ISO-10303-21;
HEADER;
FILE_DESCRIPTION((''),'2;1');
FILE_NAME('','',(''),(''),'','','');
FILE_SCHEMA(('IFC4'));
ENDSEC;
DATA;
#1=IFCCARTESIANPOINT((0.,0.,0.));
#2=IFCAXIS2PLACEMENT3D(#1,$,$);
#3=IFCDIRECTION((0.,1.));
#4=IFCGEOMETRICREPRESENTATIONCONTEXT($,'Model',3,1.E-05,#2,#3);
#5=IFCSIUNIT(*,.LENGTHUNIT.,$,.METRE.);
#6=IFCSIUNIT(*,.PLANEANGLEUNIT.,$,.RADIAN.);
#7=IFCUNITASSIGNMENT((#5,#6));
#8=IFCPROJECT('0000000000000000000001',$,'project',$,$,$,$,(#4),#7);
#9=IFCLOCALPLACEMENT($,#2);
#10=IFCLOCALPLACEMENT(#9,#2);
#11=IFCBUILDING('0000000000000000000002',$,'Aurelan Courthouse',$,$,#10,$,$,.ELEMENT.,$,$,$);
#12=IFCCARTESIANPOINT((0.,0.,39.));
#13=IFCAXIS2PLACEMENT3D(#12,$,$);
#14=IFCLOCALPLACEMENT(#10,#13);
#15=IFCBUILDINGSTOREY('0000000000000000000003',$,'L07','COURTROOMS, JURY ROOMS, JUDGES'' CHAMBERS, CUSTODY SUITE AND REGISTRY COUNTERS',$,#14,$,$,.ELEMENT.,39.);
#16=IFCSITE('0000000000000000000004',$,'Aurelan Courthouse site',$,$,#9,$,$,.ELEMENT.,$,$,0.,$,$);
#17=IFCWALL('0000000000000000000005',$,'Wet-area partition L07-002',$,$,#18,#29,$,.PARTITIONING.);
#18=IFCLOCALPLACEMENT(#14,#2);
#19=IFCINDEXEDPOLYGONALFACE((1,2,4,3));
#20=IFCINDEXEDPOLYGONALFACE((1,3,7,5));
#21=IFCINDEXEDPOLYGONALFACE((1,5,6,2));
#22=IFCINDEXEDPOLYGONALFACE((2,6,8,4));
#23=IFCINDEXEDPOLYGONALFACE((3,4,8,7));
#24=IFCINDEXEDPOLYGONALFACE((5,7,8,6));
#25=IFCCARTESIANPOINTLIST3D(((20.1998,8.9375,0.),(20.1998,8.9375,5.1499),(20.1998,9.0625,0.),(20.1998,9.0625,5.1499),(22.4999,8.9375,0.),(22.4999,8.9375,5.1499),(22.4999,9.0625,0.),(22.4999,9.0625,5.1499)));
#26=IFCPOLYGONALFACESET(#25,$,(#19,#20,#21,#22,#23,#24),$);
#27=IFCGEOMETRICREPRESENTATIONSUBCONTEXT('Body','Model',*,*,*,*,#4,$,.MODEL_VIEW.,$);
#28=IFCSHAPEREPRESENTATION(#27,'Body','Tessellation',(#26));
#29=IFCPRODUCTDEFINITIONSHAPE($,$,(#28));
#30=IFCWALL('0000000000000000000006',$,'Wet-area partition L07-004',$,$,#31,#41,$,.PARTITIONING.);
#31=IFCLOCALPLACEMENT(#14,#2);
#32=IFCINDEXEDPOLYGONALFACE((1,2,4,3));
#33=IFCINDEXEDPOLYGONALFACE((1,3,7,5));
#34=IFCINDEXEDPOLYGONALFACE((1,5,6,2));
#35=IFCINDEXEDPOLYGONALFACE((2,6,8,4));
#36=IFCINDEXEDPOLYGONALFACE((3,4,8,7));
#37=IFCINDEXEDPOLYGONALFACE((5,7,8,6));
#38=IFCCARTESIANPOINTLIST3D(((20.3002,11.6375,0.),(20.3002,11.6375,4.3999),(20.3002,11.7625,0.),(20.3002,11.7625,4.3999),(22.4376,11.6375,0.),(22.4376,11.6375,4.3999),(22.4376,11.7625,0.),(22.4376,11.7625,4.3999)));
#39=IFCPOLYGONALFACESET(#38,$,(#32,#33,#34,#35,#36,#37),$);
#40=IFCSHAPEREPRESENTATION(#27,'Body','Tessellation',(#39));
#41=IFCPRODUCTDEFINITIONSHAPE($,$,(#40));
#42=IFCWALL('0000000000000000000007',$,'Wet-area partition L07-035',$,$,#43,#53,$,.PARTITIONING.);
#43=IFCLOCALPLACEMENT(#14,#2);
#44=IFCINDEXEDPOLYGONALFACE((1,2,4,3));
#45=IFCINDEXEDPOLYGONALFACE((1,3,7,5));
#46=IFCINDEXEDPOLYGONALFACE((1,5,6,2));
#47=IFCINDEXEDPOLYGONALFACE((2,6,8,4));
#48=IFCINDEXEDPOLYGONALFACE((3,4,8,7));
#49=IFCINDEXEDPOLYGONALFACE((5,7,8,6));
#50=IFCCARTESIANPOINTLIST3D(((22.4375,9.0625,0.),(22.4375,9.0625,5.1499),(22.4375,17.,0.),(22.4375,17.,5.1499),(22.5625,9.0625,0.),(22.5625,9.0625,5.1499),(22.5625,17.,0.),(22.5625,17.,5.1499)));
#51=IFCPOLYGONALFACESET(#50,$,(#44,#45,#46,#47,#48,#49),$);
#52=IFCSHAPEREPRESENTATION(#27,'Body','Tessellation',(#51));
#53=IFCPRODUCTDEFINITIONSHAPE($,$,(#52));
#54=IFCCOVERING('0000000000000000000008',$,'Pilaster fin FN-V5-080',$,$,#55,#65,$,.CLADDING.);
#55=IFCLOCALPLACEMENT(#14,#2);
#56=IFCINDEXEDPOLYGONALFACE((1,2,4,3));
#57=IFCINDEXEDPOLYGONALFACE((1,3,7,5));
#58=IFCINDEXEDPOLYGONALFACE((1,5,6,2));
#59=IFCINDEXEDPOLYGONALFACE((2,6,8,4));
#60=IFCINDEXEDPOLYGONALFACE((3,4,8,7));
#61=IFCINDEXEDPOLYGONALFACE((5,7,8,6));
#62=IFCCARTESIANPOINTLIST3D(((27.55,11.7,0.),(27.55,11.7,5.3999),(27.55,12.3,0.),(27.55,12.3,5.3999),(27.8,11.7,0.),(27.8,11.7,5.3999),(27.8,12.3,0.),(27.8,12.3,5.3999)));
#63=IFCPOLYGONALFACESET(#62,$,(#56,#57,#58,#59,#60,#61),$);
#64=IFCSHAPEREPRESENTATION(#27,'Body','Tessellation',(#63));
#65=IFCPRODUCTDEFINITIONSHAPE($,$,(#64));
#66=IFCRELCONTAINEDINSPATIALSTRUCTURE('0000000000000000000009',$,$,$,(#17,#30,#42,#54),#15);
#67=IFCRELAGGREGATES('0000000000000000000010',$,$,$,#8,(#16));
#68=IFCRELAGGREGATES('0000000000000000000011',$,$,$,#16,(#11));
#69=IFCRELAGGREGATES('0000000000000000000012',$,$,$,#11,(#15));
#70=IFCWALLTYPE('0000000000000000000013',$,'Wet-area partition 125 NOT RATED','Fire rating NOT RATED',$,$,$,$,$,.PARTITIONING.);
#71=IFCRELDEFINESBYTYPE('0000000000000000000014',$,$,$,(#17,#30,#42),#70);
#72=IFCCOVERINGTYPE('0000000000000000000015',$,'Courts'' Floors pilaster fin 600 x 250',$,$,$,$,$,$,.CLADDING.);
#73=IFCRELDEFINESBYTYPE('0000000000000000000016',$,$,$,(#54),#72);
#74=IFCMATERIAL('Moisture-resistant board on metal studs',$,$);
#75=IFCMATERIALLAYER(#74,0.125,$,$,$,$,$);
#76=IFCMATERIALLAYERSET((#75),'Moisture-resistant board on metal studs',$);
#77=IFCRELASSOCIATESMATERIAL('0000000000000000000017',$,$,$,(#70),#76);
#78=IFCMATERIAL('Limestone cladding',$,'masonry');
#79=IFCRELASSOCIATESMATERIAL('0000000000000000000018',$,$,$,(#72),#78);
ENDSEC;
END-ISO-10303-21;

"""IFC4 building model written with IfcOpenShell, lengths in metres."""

from ifc_helpers import new_model, si_unit, direction, frame, frame_2d, origin, origin_2d, place, context, subcontext, project, spatial, rectangle, extrude, material, layer, layer_set, type_object, element, save


model = new_model("IFC4")

# Units and contexts
model_context = context("Model", 3, precision=1e-05, world=origin(), true_north=direction((0.0, 1.0)))
body_context = subcontext(model_context, "Body", "Model", "MODEL_VIEW")
ifc_project = project(units=[si_unit("LENGTHUNIT", "METRE"), si_unit("PLANEANGLEUNIT", "RADIAN")], contexts=[model_context])

# Site, building, storey
site_placement = place(None, origin())
site = spatial("IfcSite", under=ifc_project, at=site_placement, Name="Aurelan Courthouse site", CompositionType="ELEMENT", RefElevation=0.0)
building_placement = place(site_placement, origin())
building = spatial("IfcBuilding", under=site, at=building_placement, Name="Aurelan Courthouse", CompositionType="ELEMENT")
storey_placement = place(building_placement, frame((0.0, 0.0, 39.0)))
storey = spatial("IfcBuildingStorey", under=building, at=storey_placement, Name="L07", Description="COURTROOMS, JURY ROOMS, JUDGES' CHAMBERS, CUSTODY SUITE AND REGISTRY COUNTERS", CompositionType="ELEMENT", Elevation=39.0)

# Shared definitions
ifc_material_1 = material(Name="Limestone cladding", Category="masonry")

# Walls
ifc_material_2 = material(Name="Moisture-resistant board on metal studs")
ifc_layer_1 = layer(ifc_material_2, 0.125)
ifc_layer_set_1 = layer_set([ifc_layer_1], Name="Moisture-resistant board on metal studs")
wall_type_1 = type_object("IfcWallType", Name="Wet-area partition 125 NOT RATED", Description="Fire rating NOT RATED", PredefinedType="PARTITIONING", material=ifc_layer_set_1)
wall_1_placement = place(storey_placement, frame((20.2, 9.0, 0.0), z_axis=(0.0, 0.0, 1.0), x_axis=(1.0, 0.0, 0.0)))
element("IfcWall", 1, at=wall_1_placement, inside=storey, type_object=wall_type_1, Name="Wet-area partition L07-002", PredefinedType="PARTITIONING", context=body_context, shape_type="SweptSolid", body=[
    extrude(rectangle(XDim=2.3, YDim=0.125, at=frame_2d((1.1499, 0.0))), origin(), (0.0, 0.0, 1.0), 5.1499),
])
wall_2_placement = place(storey_placement, frame((20.3, 11.7, 0.0), z_axis=(0.0, 0.0, 1.0), x_axis=(1.0, 0.0, 0.0)))
element("IfcWall", 2, at=wall_2_placement, inside=storey, type_object=wall_type_1, Name="Wet-area partition L07-004", PredefinedType="PARTITIONING", context=body_context, shape_type="SweptSolid", body=[
    extrude(rectangle(XDim=2.1375, YDim=0.125, at=frame_2d((1.0688, 0.0))), origin(), (0.0, 0.0, 1.0), 4.3999),
])
wall_3_placement = place(storey_placement, frame((22.5, 9.0625, 0.0), z_axis=(0.0, 0.0, 1.0), x_axis=(0.0, 1.0, 0.0)))
element("IfcWall", 3, at=wall_3_placement, inside=storey, type_object=wall_type_1, Name="Wet-area partition L07-035", PredefinedType="PARTITIONING", context=body_context, shape_type="SweptSolid", body=[
    extrude(rectangle(XDim=7.9375, YDim=0.125, at=frame_2d((3.9688, 0.0))), origin(), (0.0, 0.0, 1.0), 5.1499),
])

# Covering
covering_type = type_object("IfcCoveringType", Name="Courts' Floors pilaster fin 600 x 250", PredefinedType="CLADDING", material=ifc_material_1)
covering_placement = place(storey_placement, frame((27.675, 12.0, 0.0), z_axis=(0.0, 0.0, 1.0), x_axis=(1.0, 0.0, 0.0)))
element("IfcCovering", 4, at=covering_placement, inside=storey, type_object=covering_type, Name="Pilaster fin FN-V5-080", PredefinedType="CLADDING", context=body_context, shape_type="SweptSolid", body=[
    extrude(rectangle(XDim=0.25, YDim=0.6001, at=origin_2d()), origin(), (0.0, 0.0, 1.0), 5.3999),
])

save(model, "model.ifc")
